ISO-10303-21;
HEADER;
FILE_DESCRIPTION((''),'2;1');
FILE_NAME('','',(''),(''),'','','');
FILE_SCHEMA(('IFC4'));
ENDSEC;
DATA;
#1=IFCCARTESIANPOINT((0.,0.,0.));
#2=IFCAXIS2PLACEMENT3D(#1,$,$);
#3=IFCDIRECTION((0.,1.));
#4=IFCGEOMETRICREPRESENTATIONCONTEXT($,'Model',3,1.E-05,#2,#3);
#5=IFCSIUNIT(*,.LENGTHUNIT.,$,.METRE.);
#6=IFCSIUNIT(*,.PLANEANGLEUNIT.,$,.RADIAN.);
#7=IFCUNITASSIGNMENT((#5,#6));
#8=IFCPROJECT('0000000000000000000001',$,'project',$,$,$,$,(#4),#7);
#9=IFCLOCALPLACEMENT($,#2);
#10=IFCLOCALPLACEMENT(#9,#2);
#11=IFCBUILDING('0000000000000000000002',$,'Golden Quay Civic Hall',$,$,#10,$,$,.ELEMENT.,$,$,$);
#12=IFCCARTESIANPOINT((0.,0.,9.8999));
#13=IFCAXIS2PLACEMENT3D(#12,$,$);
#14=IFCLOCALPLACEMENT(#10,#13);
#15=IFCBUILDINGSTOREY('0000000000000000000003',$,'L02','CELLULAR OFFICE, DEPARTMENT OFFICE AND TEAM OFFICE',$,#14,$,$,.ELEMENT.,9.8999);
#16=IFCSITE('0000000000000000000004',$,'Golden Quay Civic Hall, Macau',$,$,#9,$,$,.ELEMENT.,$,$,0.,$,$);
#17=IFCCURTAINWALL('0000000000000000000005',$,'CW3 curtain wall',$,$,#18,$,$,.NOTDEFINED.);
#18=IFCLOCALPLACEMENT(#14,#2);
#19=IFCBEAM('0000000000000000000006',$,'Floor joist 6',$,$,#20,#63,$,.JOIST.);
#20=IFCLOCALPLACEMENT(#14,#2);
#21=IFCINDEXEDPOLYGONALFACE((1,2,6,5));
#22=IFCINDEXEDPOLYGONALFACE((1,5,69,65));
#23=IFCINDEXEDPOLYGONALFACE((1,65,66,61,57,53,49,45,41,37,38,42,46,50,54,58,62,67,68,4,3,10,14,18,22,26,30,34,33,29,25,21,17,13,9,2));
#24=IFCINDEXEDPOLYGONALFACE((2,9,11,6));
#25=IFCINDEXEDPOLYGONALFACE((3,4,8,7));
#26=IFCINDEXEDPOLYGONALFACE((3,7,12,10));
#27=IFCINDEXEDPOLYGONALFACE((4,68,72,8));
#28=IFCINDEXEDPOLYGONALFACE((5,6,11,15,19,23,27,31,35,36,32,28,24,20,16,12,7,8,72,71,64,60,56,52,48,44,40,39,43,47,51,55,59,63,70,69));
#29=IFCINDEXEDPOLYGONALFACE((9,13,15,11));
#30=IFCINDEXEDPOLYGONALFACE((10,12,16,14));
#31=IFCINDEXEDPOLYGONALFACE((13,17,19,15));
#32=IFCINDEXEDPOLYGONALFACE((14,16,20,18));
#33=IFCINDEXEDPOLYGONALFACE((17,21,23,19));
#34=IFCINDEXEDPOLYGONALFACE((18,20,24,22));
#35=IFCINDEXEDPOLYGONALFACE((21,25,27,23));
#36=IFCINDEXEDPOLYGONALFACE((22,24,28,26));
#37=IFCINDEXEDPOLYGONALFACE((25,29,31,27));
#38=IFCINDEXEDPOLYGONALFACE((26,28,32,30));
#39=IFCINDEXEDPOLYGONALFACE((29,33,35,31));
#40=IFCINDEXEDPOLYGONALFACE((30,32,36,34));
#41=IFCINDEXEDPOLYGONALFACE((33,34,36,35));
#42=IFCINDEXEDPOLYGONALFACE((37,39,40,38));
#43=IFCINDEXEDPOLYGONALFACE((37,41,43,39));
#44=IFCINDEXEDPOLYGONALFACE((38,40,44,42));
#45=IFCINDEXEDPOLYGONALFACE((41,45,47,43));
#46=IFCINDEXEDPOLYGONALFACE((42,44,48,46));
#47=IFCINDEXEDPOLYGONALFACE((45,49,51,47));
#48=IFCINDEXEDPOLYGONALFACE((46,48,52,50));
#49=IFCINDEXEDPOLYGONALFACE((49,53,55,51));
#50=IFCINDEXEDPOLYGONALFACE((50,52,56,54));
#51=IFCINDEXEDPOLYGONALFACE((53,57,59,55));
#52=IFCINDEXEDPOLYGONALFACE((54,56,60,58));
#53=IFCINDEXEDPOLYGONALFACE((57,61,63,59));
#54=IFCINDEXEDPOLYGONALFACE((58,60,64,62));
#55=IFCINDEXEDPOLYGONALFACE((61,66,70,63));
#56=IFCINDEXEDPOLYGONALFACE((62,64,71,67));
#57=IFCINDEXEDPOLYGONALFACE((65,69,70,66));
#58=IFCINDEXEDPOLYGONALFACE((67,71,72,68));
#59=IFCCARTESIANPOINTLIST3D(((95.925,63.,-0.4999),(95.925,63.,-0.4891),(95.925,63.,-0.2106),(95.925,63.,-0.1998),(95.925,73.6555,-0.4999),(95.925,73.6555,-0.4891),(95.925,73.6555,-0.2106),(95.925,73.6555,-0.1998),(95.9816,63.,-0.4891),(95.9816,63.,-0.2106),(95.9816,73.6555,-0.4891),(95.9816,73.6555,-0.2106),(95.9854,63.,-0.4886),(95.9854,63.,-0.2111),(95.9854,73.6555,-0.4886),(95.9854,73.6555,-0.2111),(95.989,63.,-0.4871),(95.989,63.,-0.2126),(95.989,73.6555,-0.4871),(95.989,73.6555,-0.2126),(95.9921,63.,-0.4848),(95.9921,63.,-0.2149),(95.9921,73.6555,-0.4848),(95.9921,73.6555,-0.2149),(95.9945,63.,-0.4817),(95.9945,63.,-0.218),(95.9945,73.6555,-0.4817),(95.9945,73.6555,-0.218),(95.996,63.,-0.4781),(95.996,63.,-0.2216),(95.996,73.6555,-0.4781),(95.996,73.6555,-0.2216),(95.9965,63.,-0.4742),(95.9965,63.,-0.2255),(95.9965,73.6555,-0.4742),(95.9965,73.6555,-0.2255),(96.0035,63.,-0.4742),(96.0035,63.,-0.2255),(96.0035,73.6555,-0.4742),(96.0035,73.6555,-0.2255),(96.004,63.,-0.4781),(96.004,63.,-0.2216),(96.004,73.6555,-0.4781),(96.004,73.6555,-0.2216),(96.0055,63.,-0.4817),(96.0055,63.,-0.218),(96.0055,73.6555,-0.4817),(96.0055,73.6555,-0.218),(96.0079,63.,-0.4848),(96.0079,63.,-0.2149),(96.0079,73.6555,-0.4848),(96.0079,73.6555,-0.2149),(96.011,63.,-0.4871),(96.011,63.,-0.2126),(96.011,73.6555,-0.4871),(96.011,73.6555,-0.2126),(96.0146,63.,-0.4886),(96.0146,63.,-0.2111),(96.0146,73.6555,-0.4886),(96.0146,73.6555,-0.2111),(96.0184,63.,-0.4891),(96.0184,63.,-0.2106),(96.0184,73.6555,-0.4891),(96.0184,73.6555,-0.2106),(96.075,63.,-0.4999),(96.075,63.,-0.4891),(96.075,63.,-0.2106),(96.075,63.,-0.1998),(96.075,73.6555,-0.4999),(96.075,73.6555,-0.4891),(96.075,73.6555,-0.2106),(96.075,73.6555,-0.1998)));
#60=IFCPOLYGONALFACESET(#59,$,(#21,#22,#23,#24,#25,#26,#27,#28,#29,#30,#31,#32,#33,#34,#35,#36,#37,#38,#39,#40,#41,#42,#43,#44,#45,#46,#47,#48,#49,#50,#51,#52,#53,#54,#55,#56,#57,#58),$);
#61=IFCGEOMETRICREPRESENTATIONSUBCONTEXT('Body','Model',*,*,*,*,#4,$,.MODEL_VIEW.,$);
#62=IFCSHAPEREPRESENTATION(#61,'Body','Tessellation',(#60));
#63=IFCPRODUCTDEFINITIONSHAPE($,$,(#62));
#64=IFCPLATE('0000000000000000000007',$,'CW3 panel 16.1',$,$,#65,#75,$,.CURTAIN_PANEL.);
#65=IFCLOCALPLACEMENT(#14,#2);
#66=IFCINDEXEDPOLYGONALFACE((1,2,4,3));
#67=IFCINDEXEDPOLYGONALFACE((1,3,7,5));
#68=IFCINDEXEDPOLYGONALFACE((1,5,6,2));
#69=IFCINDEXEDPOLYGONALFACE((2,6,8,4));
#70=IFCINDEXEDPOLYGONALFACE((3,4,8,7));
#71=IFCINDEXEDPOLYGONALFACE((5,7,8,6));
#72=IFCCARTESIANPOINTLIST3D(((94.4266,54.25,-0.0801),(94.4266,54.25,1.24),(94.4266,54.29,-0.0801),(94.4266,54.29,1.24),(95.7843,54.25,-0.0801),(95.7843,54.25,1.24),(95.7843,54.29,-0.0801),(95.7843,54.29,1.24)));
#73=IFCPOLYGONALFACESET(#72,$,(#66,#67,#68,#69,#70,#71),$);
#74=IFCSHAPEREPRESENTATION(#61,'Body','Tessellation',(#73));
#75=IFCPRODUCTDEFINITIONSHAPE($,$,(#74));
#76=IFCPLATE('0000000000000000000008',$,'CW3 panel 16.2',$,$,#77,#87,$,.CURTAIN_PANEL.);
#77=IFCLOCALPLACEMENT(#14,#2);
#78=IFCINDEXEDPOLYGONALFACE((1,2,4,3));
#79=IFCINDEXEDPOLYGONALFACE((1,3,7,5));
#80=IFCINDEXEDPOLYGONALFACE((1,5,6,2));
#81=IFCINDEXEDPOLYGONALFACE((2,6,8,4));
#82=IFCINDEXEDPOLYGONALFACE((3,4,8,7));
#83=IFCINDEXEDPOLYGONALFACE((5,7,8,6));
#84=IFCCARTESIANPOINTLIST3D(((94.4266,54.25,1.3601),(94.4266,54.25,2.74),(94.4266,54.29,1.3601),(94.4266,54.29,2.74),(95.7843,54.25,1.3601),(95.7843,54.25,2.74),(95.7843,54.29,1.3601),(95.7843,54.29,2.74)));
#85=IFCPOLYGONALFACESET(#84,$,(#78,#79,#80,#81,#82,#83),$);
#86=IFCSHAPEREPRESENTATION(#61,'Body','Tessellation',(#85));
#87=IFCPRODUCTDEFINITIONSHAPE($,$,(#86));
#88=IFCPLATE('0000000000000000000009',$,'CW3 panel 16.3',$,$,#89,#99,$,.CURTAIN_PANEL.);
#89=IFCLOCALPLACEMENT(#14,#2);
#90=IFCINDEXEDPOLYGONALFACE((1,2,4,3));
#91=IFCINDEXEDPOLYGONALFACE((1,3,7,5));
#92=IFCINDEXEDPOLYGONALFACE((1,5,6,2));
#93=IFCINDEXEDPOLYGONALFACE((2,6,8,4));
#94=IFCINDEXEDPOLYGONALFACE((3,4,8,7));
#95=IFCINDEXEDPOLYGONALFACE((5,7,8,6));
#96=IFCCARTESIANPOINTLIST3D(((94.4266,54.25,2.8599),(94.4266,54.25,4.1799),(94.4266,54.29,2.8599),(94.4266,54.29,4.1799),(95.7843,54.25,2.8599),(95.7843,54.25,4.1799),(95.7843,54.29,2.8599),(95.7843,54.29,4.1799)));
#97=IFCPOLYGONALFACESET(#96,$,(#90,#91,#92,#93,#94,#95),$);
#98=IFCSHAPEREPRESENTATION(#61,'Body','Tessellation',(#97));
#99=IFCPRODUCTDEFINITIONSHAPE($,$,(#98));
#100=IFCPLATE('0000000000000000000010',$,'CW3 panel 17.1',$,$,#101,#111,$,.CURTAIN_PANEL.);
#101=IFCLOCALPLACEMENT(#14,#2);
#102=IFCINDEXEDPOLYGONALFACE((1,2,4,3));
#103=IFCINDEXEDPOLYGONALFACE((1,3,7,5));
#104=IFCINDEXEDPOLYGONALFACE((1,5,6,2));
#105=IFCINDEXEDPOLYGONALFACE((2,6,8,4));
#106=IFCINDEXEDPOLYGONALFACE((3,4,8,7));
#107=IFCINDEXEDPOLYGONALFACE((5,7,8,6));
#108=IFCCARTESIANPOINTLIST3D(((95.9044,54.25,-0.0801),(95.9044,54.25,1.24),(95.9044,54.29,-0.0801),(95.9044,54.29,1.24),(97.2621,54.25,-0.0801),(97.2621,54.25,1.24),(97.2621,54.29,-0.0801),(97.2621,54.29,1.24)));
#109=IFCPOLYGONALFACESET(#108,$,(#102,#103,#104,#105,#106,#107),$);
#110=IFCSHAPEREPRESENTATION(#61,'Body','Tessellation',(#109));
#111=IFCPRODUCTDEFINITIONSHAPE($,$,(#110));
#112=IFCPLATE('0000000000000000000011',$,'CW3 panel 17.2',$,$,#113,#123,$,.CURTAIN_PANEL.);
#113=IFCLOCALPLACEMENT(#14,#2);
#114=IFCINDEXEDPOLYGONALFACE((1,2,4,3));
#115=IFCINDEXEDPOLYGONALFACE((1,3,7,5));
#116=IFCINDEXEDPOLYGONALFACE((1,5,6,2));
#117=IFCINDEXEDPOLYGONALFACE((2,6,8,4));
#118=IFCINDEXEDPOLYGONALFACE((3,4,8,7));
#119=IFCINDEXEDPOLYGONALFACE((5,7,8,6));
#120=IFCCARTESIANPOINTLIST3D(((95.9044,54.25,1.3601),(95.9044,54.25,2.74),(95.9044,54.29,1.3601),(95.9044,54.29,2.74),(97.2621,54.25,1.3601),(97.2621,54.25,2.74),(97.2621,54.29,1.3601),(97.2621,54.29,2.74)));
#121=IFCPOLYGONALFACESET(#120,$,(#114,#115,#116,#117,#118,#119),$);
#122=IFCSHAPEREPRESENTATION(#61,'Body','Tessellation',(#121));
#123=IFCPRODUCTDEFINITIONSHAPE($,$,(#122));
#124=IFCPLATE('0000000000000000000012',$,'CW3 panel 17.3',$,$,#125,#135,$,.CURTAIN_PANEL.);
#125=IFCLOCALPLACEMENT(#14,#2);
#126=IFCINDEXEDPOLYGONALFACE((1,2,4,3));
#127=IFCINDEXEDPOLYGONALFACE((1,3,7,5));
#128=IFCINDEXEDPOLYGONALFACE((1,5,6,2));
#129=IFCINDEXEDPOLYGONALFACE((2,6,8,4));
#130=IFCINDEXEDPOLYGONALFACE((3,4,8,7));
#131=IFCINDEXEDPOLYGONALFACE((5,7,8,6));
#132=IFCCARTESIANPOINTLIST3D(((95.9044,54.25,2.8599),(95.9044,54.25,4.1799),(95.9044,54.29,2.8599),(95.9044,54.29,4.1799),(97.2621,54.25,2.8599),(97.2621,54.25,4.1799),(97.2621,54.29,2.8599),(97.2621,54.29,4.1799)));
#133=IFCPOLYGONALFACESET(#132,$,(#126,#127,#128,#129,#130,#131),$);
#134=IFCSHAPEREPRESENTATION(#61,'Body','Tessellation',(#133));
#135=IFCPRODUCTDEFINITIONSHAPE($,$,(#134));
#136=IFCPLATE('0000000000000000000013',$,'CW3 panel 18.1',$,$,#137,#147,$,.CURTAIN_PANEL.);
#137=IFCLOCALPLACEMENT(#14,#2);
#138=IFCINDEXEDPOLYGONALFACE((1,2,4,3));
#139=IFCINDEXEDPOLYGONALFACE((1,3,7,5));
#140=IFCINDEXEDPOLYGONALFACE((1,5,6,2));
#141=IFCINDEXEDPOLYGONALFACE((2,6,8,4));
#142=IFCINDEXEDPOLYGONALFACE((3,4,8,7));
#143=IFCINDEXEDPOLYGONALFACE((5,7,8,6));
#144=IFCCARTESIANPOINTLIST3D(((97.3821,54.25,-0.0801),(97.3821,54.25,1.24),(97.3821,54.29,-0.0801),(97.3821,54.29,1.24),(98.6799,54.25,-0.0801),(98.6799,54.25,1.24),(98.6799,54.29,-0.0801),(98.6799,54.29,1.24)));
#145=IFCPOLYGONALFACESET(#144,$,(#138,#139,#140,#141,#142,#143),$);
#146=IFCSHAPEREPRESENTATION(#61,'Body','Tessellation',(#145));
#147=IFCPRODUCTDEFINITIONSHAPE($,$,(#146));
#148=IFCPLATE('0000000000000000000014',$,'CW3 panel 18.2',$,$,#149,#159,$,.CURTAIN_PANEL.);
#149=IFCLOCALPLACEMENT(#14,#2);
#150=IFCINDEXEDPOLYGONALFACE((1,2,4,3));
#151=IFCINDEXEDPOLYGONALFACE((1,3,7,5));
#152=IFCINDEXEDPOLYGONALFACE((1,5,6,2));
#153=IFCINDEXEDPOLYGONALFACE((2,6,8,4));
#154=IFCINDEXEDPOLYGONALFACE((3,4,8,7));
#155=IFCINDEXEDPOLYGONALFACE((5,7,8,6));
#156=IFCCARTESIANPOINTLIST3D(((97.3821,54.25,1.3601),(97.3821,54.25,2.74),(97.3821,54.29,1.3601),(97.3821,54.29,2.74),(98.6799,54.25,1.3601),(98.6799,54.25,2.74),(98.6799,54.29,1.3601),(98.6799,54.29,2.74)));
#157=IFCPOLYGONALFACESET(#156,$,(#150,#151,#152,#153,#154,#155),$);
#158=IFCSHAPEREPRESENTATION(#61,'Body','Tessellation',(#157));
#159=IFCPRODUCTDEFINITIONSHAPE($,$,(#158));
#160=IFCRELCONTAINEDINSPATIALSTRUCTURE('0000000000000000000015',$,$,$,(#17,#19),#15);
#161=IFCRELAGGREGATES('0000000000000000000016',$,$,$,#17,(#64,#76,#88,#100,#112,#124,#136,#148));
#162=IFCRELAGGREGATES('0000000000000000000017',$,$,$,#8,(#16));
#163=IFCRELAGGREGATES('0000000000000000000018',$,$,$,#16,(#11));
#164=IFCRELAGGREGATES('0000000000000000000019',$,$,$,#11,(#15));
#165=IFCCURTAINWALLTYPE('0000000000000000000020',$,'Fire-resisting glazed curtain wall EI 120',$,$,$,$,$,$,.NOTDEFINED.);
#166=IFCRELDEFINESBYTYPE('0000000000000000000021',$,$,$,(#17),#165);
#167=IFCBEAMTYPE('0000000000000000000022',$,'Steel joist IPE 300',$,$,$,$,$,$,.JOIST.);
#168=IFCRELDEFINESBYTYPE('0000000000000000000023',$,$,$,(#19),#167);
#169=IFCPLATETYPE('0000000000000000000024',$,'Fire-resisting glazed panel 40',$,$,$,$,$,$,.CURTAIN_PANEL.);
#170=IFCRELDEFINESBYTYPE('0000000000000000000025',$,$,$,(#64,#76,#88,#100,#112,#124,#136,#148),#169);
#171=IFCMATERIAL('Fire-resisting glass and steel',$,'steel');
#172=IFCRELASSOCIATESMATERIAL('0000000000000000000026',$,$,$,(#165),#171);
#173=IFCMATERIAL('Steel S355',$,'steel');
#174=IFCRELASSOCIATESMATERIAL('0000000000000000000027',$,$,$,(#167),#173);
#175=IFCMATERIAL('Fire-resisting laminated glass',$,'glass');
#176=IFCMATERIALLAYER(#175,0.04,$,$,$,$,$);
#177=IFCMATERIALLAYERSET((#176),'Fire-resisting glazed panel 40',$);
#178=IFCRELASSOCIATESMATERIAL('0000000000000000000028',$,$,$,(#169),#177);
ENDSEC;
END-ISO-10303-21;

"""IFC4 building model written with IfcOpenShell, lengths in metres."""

from ifc_helpers import new_model, si_unit, direction, frame, origin, origin_2d, place, context, subcontext, project, spatial, rectangle, i_section, extrude, material, layer, layer_set, material_profile, profile_set, type_object, element, aggregate, save


model = new_model("IFC4")

# Units and contexts
model_context = context("Model", 3, precision=1e-05, world=origin(), true_north=direction((0.0, 1.0)))
body_context = subcontext(model_context, "Body", "Model", "MODEL_VIEW")
ifc_project = project(units=[si_unit("LENGTHUNIT", "METRE"), si_unit("PLANEANGLEUNIT", "RADIAN")], contexts=[model_context])

# Site, building, storey
site_placement = place(None, origin())
site = spatial("IfcSite", under=ifc_project, at=site_placement, Name="Golden Quay Civic Hall, Macau", CompositionType="ELEMENT", RefElevation=0.0)
building_placement = place(site_placement, origin())
building = spatial("IfcBuilding", under=site, at=building_placement, Name="Golden Quay Civic Hall", CompositionType="ELEMENT")
storey_placement = place(building_placement, frame((0.0, 0.0, 9.8999)))
storey = spatial("IfcBuildingStorey", under=building, at=storey_placement, Name="L02", Description="CELLULAR OFFICE, DEPARTMENT OFFICE AND TEAM OFFICE", CompositionType="ELEMENT", Elevation=9.8999)

# Curtain wall
ifc_material_1 = material(Name="Fire-resisting glass and steel", Category="steel")
curtain_wall_type = type_object("IfcCurtainWallType", Name="Fire-resisting glazed curtain wall EI 120", PredefinedType="NOTDEFINED", material=ifc_material_1)
curtain_wall_placement = place(storey_placement, origin())
curtain_wall = element("IfcCurtainWall", 1, at=curtain_wall_placement, inside=storey, type_object=curtain_wall_type, Name="CW3 curtain wall", PredefinedType="NOTDEFINED")

# Beam
ifc_material_2 = material(Name="Steel S355", Category="steel")
ifc_material_profile_1 = material_profile(ifc_material_2, i_section(OverallWidth=0.1499, OverallDepth=0.3, WebThickness=0.0071, FlangeThickness=0.0107, FilletRadius=0.0149, at=origin_2d()), Name="IPE 300")
ifc_profile_set_1 = profile_set([ifc_material_profile_1], Name="Steel S355")
beam_type_1 = type_object("IfcBeamType", Name="Steel joist IPE 300", PredefinedType="JOIST", material=ifc_profile_set_1)
beam_1_placement = place(storey_placement, frame((96.0, 63.0, -0.3499), z_axis=(0.0, 1.0, 0.0), x_axis=(-1.0, 0.0, 0.0)))
element("IfcBeam", 2, at=beam_1_placement, inside=storey, type_object=beam_type_1, Name="Floor joist 6", PredefinedType="JOIST", context=body_context, shape_type="SweptSolid", body=[
    extrude(i_section(OverallWidth=0.1499, OverallDepth=0.3, WebThickness=0.0071, FlangeThickness=0.0107, FilletRadius=0.0149, at=origin_2d()), origin(), (0.0, 0.0, 1.0), 10.6555),
])

# Plates
ifc_material_3 = material(Name="Fire-resisting laminated glass", Category="glass")
ifc_layer = layer(ifc_material_3, 0.04)
ifc_layer_set = layer_set([ifc_layer], Name="Fire-resisting glazed panel 40")
plate_type = type_object("IfcPlateType", Name="Fire-resisting glazed panel 40", PredefinedType="CURTAIN_PANEL", material=ifc_layer_set)
plate_1_placement = place(storey_placement, frame((95.1055, 54.27, -0.0801), z_axis=(0.0, 0.0, 1.0), x_axis=(1.0, 0.0, 0.0)))
plate_1 = element("IfcPlate", 3, at=plate_1_placement, type_object=plate_type, Name="CW3 panel 16.1", PredefinedType="CURTAIN_PANEL", context=body_context, shape_type="SweptSolid", body=[
    extrude(rectangle(XDim=1.3577, YDim=0.04, at=origin_2d()), origin(), (0.0, 0.0, 1.0), 1.3201),
])
plate_2_placement = place(storey_placement, frame((95.1055, 54.27, 1.3601), z_axis=(0.0, 0.0, 1.0), x_axis=(1.0, 0.0, 0.0)))
plate_2 = element("IfcPlate", 4, at=plate_2_placement, type_object=plate_type, Name="CW3 panel 16.2", PredefinedType="CURTAIN_PANEL", context=body_context, shape_type="SweptSolid", body=[
    extrude(rectangle(XDim=1.3577, YDim=0.04, at=origin_2d()), origin(), (0.0, 0.0, 1.0), 1.3799),
])
plate_3_placement = place(storey_placement, frame((95.1055, 54.27, 2.8599), z_axis=(0.0, 0.0, 1.0), x_axis=(1.0, 0.0, 0.0)))
plate_3 = element("IfcPlate", 5, at=plate_3_placement, type_object=plate_type, Name="CW3 panel 16.3", PredefinedType="CURTAIN_PANEL", context=body_context, shape_type="SweptSolid", body=[
    extrude(rectangle(XDim=1.3577, YDim=0.04, at=origin_2d()), origin(), (0.0, 0.0, 1.0), 1.3201),
])
plate_4_placement = place(storey_placement, frame((96.5833, 54.27, -0.0801), z_axis=(0.0, 0.0, 1.0), x_axis=(1.0, 0.0, 0.0)))
plate_4 = element("IfcPlate", 6, at=plate_4_placement, type_object=plate_type, Name="CW3 panel 17.1", PredefinedType="CURTAIN_PANEL", context=body_context, shape_type="SweptSolid", body=[
    extrude(rectangle(XDim=1.3577, YDim=0.04, at=origin_2d()), origin(), (0.0, 0.0, 1.0), 1.3201),
])
plate_5_placement = place(storey_placement, frame((96.5833, 54.27, 1.3601), z_axis=(0.0, 0.0, 1.0), x_axis=(1.0, 0.0, 0.0)))
plate_5 = element("IfcPlate", 7, at=plate_5_placement, type_object=plate_type, Name="CW3 panel 17.2", PredefinedType="CURTAIN_PANEL", context=body_context, shape_type="SweptSolid", body=[
    extrude(rectangle(XDim=1.3577, YDim=0.04, at=origin_2d()), origin(), (0.0, 0.0, 1.0), 1.3799),
])
plate_6_placement = place(storey_placement, frame((96.5833, 54.27, 2.8599), z_axis=(0.0, 0.0, 1.0), x_axis=(1.0, 0.0, 0.0)))
plate_6 = element("IfcPlate", 8, at=plate_6_placement, type_object=plate_type, Name="CW3 panel 17.3", PredefinedType="CURTAIN_PANEL", context=body_context, shape_type="SweptSolid", body=[
    extrude(rectangle(XDim=1.3577, YDim=0.04, at=origin_2d()), origin(), (0.0, 0.0, 1.0), 1.3201),
])
plate_7_placement = place(storey_placement, frame((98.031, 54.27, -0.0801), z_axis=(0.0, 0.0, 1.0), x_axis=(1.0, 0.0, 0.0)))
plate_7 = element("IfcPlate", 9, at=plate_7_placement, type_object=plate_type, Name="CW3 panel 18.1", PredefinedType="CURTAIN_PANEL", context=body_context, shape_type="SweptSolid", body=[
    extrude(rectangle(XDim=1.2979, YDim=0.04, at=origin_2d()), origin(), (0.0, 0.0, 1.0), 1.3201),
])
plate_8_placement = place(storey_placement, frame((98.031, 54.27, 1.3601), z_axis=(0.0, 0.0, 1.0), x_axis=(1.0, 0.0, 0.0)))
plate_8 = element("IfcPlate", 10, at=plate_8_placement, type_object=plate_type, Name="CW3 panel 18.2", PredefinedType="CURTAIN_PANEL", context=body_context, shape_type="SweptSolid", body=[
    extrude(rectangle(XDim=1.2979, YDim=0.04, at=origin_2d()), origin(), (0.0, 0.0, 1.0), 1.3799),
])
aggregate(curtain_wall, [plate_1, plate_2, plate_3, plate_4, plate_5, plate_6, plate_7, plate_8])

save(model, "model.ifc")
